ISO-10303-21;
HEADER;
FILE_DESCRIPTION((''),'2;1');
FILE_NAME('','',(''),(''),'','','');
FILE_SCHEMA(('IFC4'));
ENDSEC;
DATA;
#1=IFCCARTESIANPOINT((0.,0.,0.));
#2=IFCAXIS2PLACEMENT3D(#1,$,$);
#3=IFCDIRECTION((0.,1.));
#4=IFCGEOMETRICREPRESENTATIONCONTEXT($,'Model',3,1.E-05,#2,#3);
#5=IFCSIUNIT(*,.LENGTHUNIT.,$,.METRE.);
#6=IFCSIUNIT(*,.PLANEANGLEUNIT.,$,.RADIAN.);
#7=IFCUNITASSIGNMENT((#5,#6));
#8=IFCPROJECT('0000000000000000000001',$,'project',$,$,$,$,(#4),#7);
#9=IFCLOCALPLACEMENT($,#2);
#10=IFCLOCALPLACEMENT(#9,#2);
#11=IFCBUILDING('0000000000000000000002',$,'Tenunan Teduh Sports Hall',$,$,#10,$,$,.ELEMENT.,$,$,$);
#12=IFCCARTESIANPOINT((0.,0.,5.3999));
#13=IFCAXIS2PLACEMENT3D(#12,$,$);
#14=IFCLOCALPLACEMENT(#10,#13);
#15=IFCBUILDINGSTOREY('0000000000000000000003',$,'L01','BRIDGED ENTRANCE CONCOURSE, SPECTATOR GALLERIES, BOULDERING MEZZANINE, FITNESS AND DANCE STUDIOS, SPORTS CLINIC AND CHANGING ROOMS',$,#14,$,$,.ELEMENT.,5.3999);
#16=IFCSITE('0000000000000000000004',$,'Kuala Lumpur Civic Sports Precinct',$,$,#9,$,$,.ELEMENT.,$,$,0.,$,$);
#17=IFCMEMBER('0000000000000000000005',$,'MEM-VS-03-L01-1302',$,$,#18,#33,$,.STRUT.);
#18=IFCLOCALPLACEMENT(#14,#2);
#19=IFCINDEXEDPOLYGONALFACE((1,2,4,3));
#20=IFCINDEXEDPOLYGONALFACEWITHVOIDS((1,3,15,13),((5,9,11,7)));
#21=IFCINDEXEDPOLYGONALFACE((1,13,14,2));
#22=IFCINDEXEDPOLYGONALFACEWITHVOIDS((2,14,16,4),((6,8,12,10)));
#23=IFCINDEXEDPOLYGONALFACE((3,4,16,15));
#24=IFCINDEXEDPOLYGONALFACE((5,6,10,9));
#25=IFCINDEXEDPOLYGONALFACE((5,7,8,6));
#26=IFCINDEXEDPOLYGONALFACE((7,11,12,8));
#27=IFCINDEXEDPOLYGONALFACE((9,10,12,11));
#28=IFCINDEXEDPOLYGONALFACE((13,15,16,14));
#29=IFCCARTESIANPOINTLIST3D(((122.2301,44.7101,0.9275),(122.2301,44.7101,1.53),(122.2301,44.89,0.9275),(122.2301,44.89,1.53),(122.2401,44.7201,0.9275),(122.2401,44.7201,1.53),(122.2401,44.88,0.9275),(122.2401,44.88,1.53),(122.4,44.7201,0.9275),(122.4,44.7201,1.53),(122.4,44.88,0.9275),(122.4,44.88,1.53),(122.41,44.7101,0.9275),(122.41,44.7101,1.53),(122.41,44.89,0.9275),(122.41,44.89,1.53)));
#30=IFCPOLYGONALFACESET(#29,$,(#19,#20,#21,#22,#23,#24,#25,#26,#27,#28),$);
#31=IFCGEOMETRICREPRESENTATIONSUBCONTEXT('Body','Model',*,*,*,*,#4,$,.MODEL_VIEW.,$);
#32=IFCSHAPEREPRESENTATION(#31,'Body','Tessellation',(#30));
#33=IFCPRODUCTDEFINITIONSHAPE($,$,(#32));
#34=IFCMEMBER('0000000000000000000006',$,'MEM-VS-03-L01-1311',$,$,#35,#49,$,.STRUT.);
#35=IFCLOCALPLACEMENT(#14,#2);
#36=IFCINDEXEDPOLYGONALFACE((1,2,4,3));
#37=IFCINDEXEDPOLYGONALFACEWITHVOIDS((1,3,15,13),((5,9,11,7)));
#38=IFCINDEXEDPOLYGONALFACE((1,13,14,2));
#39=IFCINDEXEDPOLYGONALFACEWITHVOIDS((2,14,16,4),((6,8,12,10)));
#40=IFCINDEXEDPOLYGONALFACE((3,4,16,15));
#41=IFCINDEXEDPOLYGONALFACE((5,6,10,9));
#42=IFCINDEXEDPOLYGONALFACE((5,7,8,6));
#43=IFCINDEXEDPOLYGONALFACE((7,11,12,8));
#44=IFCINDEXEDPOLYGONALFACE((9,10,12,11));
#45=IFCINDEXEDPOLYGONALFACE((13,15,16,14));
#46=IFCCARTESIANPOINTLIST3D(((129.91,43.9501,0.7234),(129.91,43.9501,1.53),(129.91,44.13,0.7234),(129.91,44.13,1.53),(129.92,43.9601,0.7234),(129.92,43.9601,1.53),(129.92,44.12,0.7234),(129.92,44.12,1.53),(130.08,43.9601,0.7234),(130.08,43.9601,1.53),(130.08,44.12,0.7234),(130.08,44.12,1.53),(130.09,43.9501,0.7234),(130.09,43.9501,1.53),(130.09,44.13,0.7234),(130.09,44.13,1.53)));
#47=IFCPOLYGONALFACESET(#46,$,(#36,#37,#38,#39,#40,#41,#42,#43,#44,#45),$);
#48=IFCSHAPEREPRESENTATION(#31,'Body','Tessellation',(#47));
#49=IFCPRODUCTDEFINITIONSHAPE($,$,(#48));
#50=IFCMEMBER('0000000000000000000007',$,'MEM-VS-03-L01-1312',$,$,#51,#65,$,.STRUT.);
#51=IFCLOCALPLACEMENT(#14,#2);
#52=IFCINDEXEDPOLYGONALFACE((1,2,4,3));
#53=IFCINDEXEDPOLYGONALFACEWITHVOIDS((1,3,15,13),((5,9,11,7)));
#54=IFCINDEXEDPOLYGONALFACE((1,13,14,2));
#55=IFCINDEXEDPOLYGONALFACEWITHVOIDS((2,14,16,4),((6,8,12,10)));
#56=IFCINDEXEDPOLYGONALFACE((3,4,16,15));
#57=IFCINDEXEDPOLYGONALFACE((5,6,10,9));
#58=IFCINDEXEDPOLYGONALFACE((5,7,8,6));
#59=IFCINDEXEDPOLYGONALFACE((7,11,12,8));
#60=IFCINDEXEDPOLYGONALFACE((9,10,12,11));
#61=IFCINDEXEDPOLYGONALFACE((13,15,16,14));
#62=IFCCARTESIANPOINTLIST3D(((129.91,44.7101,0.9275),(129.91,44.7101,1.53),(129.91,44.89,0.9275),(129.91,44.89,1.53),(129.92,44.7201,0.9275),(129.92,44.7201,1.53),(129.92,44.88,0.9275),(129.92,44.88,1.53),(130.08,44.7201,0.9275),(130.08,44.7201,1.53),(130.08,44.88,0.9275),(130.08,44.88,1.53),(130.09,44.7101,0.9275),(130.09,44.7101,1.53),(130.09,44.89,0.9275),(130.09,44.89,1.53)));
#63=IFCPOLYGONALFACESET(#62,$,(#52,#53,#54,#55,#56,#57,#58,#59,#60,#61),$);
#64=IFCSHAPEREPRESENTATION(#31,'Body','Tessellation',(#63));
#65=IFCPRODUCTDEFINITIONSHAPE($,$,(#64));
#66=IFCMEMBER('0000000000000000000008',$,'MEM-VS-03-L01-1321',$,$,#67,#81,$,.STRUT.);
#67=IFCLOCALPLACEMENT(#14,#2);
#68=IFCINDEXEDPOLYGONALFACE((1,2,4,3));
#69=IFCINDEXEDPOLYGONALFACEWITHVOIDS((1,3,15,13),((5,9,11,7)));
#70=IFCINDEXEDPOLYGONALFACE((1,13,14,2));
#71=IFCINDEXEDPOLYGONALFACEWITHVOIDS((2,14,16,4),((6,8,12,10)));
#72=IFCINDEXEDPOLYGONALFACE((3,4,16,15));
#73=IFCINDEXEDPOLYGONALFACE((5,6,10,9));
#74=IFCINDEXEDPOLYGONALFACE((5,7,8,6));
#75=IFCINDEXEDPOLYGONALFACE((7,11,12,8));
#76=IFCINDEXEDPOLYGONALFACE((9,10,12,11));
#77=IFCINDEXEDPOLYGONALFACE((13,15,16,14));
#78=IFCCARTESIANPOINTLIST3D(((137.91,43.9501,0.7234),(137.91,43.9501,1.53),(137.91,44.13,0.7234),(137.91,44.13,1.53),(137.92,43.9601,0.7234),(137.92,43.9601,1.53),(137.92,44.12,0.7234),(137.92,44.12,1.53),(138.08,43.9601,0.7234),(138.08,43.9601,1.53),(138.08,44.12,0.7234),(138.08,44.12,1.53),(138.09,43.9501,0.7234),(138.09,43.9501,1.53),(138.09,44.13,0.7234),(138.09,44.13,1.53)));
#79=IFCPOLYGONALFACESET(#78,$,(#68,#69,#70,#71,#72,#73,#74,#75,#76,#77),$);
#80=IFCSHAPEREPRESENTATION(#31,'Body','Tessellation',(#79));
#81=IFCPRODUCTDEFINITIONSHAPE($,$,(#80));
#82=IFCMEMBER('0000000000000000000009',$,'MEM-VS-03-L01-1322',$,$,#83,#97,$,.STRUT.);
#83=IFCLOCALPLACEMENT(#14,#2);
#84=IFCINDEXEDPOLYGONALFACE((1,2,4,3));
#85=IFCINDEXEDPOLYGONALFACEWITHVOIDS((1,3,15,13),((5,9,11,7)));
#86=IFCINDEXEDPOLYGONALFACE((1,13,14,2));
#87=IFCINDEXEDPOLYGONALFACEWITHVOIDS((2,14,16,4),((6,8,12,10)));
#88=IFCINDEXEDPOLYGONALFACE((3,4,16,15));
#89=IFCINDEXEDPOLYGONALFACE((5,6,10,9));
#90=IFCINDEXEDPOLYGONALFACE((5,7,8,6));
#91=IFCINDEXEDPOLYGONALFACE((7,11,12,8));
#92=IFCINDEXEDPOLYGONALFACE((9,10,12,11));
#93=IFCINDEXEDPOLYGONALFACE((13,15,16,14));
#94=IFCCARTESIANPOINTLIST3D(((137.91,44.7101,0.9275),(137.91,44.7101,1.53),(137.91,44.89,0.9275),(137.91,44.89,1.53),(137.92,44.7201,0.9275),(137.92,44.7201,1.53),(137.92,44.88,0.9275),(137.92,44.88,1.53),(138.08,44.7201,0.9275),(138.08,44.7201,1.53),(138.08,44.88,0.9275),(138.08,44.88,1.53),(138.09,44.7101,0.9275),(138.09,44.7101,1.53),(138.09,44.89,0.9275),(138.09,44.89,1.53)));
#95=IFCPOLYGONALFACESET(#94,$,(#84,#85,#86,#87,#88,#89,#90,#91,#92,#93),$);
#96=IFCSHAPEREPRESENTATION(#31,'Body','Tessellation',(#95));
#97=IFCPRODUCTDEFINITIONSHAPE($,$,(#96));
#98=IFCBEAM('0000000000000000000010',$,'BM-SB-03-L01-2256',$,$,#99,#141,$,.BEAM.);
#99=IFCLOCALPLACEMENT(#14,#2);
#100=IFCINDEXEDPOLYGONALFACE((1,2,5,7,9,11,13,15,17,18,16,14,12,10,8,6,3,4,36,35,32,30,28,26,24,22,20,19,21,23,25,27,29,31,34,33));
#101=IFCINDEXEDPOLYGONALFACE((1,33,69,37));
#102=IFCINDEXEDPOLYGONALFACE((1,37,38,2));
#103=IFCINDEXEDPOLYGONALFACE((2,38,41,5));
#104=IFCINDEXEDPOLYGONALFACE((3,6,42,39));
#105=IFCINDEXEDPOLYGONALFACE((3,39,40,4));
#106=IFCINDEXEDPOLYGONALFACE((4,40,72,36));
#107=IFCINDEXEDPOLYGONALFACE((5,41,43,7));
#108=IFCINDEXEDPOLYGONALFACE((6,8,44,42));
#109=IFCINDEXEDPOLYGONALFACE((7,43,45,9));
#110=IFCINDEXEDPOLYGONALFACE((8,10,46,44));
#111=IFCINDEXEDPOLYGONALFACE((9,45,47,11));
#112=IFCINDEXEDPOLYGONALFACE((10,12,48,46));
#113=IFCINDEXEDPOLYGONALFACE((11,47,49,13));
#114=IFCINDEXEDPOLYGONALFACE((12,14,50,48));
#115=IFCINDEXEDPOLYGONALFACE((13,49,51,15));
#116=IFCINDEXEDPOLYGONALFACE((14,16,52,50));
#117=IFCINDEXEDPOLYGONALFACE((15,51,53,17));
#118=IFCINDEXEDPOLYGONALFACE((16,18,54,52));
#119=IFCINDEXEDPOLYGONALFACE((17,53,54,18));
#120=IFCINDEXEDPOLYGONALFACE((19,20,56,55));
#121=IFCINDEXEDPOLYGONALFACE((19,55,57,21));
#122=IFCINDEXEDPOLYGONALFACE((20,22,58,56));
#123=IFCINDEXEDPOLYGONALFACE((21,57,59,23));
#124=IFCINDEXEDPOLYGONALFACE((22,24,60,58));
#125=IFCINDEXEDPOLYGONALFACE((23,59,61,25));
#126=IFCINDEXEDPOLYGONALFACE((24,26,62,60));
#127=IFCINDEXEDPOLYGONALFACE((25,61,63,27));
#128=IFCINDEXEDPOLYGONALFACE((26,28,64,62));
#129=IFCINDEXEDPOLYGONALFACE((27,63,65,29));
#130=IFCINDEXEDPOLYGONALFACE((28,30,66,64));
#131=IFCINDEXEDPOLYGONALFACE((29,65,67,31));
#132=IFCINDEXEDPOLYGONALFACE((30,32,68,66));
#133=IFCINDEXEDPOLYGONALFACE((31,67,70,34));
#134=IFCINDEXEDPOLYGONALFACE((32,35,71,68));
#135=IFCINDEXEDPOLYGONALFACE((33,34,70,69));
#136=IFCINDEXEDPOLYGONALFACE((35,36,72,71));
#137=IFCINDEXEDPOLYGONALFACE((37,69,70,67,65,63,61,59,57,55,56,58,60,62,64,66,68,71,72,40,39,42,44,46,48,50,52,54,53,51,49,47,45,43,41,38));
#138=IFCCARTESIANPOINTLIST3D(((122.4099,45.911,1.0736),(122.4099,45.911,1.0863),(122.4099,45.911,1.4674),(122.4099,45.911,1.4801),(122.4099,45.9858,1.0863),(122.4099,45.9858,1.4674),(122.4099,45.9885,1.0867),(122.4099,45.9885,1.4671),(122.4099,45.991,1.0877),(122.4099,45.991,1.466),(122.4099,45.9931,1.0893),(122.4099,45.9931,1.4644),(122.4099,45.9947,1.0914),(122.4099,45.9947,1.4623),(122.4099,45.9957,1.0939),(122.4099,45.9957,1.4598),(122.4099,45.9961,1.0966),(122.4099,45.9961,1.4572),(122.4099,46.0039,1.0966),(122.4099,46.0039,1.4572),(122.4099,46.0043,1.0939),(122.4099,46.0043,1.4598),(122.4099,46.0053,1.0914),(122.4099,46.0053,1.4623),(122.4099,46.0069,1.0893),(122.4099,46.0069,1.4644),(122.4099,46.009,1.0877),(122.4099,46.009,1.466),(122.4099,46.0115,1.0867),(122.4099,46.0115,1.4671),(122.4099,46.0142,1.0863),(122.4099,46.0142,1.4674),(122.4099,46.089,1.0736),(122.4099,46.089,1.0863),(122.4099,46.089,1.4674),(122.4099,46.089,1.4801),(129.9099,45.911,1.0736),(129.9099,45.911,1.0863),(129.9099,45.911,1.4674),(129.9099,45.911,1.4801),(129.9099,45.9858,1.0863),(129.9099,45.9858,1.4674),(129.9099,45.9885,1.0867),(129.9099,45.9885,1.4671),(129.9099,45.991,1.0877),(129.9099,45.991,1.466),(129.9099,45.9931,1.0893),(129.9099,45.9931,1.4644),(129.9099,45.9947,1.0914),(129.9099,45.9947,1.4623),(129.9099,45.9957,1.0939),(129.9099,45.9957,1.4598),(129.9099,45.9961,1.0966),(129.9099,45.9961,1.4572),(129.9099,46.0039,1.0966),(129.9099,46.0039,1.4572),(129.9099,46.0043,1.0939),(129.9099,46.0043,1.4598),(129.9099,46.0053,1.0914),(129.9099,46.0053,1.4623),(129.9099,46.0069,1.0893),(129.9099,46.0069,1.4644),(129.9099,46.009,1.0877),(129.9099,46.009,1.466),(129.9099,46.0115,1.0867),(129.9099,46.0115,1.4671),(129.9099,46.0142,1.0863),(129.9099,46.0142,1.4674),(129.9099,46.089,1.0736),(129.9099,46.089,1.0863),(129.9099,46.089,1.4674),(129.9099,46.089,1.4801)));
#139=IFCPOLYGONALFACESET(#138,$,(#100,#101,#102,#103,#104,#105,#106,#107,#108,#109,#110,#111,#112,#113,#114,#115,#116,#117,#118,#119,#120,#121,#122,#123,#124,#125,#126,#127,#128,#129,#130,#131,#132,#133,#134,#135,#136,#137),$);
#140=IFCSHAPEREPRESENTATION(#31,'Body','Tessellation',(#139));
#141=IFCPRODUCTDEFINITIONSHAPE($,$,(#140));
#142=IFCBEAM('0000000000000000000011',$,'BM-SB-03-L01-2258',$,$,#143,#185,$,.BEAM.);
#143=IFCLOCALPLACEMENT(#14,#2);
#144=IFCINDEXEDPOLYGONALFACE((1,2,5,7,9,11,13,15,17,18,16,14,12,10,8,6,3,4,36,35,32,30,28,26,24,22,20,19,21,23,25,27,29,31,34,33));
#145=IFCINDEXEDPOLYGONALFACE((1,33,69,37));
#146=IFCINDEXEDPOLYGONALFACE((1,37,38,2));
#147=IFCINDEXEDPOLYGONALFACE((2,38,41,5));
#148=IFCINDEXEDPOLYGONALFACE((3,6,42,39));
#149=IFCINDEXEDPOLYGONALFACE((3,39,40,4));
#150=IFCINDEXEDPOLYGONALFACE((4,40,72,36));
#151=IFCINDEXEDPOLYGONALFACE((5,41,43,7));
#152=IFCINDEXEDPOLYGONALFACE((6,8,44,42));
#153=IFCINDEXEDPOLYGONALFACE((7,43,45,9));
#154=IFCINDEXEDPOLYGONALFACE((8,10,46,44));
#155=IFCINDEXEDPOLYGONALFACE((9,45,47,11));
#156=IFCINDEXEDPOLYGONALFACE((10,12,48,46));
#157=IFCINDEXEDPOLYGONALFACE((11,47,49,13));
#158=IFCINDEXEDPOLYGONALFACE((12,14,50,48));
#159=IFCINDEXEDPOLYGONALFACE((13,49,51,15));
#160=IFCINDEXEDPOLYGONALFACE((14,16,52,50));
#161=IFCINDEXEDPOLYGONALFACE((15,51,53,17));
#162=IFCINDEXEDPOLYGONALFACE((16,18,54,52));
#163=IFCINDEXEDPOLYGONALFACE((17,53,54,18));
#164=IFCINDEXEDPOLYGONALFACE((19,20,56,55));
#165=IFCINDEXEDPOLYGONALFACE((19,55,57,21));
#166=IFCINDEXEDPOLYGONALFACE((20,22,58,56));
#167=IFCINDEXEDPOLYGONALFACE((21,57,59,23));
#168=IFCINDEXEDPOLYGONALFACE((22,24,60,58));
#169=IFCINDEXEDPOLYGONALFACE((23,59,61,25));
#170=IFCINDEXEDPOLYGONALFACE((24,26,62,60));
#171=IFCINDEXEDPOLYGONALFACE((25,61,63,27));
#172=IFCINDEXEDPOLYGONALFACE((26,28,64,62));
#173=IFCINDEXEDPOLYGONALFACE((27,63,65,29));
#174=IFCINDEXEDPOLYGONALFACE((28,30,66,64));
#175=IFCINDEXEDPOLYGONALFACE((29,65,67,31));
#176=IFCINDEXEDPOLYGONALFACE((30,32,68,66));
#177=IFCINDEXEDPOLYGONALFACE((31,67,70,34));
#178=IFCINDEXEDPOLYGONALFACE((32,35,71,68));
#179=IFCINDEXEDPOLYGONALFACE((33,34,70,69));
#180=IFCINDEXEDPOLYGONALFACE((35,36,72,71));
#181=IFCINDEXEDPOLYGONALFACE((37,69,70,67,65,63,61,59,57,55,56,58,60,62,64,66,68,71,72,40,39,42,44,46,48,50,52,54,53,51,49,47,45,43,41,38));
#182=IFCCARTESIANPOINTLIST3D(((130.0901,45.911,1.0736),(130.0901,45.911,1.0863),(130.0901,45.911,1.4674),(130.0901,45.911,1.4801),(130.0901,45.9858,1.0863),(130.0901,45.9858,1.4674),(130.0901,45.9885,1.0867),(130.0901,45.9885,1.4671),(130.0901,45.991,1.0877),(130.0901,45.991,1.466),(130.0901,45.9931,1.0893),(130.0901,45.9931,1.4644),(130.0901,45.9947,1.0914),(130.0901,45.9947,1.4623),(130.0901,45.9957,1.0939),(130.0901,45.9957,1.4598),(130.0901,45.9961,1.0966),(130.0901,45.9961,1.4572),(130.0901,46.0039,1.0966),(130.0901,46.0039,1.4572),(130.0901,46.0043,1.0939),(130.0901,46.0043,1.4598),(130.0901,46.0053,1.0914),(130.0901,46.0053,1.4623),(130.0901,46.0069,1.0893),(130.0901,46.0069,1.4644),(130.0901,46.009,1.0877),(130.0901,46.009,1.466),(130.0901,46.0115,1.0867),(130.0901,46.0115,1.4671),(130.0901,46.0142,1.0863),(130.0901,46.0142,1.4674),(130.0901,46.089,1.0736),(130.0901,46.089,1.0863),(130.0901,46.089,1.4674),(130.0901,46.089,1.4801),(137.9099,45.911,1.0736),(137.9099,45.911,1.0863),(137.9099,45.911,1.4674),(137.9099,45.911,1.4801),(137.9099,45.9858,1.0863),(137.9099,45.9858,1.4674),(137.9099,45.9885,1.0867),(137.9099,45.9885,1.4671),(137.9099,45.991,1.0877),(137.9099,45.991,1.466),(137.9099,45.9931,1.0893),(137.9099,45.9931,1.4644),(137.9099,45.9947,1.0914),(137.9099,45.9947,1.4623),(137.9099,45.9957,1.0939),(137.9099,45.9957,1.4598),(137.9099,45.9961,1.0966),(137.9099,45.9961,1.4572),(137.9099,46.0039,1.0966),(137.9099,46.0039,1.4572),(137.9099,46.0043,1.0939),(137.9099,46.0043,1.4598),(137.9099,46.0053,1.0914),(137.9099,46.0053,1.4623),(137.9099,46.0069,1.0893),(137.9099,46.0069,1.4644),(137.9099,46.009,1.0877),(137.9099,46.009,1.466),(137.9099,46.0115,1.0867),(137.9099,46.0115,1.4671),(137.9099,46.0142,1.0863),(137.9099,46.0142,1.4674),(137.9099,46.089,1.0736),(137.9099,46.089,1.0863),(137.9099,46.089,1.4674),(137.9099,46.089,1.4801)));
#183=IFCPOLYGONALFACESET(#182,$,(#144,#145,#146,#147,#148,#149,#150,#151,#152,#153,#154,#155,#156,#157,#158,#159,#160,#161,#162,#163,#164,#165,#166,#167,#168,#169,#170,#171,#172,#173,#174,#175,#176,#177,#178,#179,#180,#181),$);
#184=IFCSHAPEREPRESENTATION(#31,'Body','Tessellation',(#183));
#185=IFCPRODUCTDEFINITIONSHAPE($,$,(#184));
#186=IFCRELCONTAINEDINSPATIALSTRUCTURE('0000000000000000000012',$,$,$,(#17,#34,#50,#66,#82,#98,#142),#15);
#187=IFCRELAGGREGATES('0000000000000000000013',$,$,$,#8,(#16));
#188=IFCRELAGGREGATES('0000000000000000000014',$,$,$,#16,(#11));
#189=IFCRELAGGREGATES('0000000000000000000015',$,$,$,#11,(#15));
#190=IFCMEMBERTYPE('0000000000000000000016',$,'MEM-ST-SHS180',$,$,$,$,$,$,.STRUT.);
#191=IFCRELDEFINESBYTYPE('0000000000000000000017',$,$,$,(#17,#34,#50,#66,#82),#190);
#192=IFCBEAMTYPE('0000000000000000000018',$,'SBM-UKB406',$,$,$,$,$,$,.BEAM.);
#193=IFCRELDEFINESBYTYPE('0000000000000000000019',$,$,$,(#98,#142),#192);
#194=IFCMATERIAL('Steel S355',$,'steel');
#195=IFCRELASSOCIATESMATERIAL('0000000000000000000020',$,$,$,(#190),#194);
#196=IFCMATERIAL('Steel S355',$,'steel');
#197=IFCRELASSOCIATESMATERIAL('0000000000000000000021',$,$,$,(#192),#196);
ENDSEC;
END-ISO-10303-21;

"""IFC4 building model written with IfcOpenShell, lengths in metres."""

from ifc_helpers import new_model, si_unit, direction, frame, origin, origin_2d, place, context, subcontext, project, spatial, hollow_rectangle, i_section, extrude, material, material_profile, profile_set, type_object, element, save


model = new_model("IFC4")

# Units and contexts
model_context = context("Model", 3, precision=1e-05, world=origin(), true_north=direction((0.0, 1.0)))
body_context = subcontext(model_context, "Body", "Model", "MODEL_VIEW")
ifc_project = project(units=[si_unit("LENGTHUNIT", "METRE"), si_unit("PLANEANGLEUNIT", "RADIAN")], contexts=[model_context])

# Site, building, storey
site_placement = place(None, origin())
site = spatial("IfcSite", under=ifc_project, at=site_placement, Name="Kuala Lumpur Civic Sports Precinct", CompositionType="ELEMENT", RefElevation=0.0)
building_placement = place(site_placement, origin())
building = spatial("IfcBuilding", under=site, at=building_placement, Name="Tenunan Teduh Sports Hall", CompositionType="ELEMENT")
storey_placement = place(building_placement, frame((0.0, 0.0, 5.3999)))
storey = spatial("IfcBuildingStorey", under=building, at=storey_placement, Name="L01", Description="BRIDGED ENTRANCE CONCOURSE, SPECTATOR GALLERIES, BOULDERING MEZZANINE, FITNESS AND DANCE STUDIOS, SPORTS CLINIC AND CHANGING ROOMS", CompositionType="ELEMENT", Elevation=5.3999)

# Members
ifc_material_1 = material(Name="Steel S355", Category="steel")
ifc_material_profile_1 = material_profile(ifc_material_1, hollow_rectangle(XDim=0.1799, YDim=0.1799, WallThickness=0.01, at=origin_2d()), Name="SHS 180x180x10.0")
ifc_profile_set_1 = profile_set([ifc_material_profile_1], Name="Steel S355")
member_type_1 = type_object("IfcMemberType", Name="MEM-ST-SHS180", PredefinedType="STRUT", material=ifc_profile_set_1)
member_1_placement = place(storey_placement, frame((122.3201, 44.8, 0.9275), z_axis=(0.0, 0.0, 1.0), x_axis=(1.0, 0.0, 0.0)))
element("IfcMember", 1, at=member_1_placement, inside=storey, type_object=member_type_1, Name="MEM-VS-03-L01-1302", PredefinedType="STRUT", context=body_context, shape_type="SweptSolid", body=[
    extrude(hollow_rectangle(XDim=0.1799, YDim=0.1799, WallThickness=0.01, at=origin_2d()), origin(), (0.0, 0.0, 1.0), 0.6025),
])
member_2_placement = place(storey_placement, frame((130.0, 44.04, 0.7234), z_axis=(0.0, 0.0, 1.0), x_axis=(1.0, 0.0, 0.0)))
element("IfcMember", 2, at=member_2_placement, inside=storey, type_object=member_type_1, Name="MEM-VS-03-L01-1311", PredefinedType="STRUT", context=body_context, shape_type="SweptSolid", body=[
    extrude(hollow_rectangle(XDim=0.1799, YDim=0.1799, WallThickness=0.01, at=origin_2d()), origin(), (0.0, 0.0, 1.0), 0.8066),
])
member_3_placement = place(storey_placement, frame((130.0, 44.8, 0.9275), z_axis=(0.0, 0.0, 1.0), x_axis=(1.0, 0.0, 0.0)))
element("IfcMember", 3, at=member_3_placement, inside=storey, type_object=member_type_1, Name="MEM-VS-03-L01-1312", PredefinedType="STRUT", context=body_context, shape_type="SweptSolid", body=[
    extrude(hollow_rectangle(XDim=0.1799, YDim=0.1799, WallThickness=0.01, at=origin_2d()), origin(), (0.0, 0.0, 1.0), 0.6025),
])
member_4_placement = place(storey_placement, frame((138.0, 44.04, 0.7234), z_axis=(0.0, 0.0, 1.0), x_axis=(1.0, 0.0, 0.0)))
element("IfcMember", 4, at=member_4_placement, inside=storey, type_object=member_type_1, Name="MEM-VS-03-L01-1321", PredefinedType="STRUT", context=body_context, shape_type="SweptSolid", body=[
    extrude(hollow_rectangle(XDim=0.1799, YDim=0.1799, WallThickness=0.01, at=origin_2d()), origin(), (0.0, 0.0, 1.0), 0.8066),
])
member_5_placement = place(storey_placement, frame((138.0, 44.8, 0.9275), z_axis=(0.0, 0.0, 1.0), x_axis=(1.0, 0.0, 0.0)))
element("IfcMember", 5, at=member_5_placement, inside=storey, type_object=member_type_1, Name="MEM-VS-03-L01-1322", PredefinedType="STRUT", context=body_context, shape_type="SweptSolid", body=[
    extrude(hollow_rectangle(XDim=0.1799, YDim=0.1799, WallThickness=0.01, at=origin_2d()), origin(), (0.0, 0.0, 1.0), 0.6025),
])

# Beams
ifc_material_2 = material(Name="Steel S355", Category="steel")
ifc_material_profile_2 = material_profile(ifc_material_2, i_section(OverallWidth=0.178, OverallDepth=0.4065, WebThickness=0.0078, FlangeThickness=0.0127, FilletRadius=0.0103, at=origin_2d()), Name="UKB 406x178x60")
ifc_profile_set_2 = profile_set([ifc_material_profile_2], Name="Steel S355")
beam_type_1 = type_object("IfcBeamType", Name="SBM-UKB406", PredefinedType="BEAM", material=ifc_profile_set_2)
beam_1_placement = place(storey_placement, frame((122.4099, 46.0, 1.2769), z_axis=(1.0, 0.0, 0.0), x_axis=(0.0, 1.0, 0.0)))
element("IfcBeam", 6, at=beam_1_placement, inside=storey, type_object=beam_type_1, Name="BM-SB-03-L01-2256", PredefinedType="BEAM", context=body_context, shape_type="SweptSolid", body=[
    extrude(i_section(OverallWidth=0.178, OverallDepth=0.4065, WebThickness=0.0078, FlangeThickness=0.0127, FilletRadius=0.0103, at=origin_2d()), origin(), (0.0, 0.0, 1.0), 7.5),
])
beam_2_placement = place(storey_placement, frame((130.0901, 46.0, 1.2769), z_axis=(1.0, 0.0, 0.0), x_axis=(0.0, 1.0, 0.0)))
element("IfcBeam", 7, at=beam_2_placement, inside=storey, type_object=beam_type_1, Name="BM-SB-03-L01-2258", PredefinedType="BEAM", context=body_context, shape_type="SweptSolid", body=[
    extrude(i_section(OverallWidth=0.178, OverallDepth=0.4065, WebThickness=0.0078, FlangeThickness=0.0127, FilletRadius=0.0103, at=origin_2d()), origin(), (0.0, 0.0, 1.0), 7.8198),
])

save(model, "model.ifc")
